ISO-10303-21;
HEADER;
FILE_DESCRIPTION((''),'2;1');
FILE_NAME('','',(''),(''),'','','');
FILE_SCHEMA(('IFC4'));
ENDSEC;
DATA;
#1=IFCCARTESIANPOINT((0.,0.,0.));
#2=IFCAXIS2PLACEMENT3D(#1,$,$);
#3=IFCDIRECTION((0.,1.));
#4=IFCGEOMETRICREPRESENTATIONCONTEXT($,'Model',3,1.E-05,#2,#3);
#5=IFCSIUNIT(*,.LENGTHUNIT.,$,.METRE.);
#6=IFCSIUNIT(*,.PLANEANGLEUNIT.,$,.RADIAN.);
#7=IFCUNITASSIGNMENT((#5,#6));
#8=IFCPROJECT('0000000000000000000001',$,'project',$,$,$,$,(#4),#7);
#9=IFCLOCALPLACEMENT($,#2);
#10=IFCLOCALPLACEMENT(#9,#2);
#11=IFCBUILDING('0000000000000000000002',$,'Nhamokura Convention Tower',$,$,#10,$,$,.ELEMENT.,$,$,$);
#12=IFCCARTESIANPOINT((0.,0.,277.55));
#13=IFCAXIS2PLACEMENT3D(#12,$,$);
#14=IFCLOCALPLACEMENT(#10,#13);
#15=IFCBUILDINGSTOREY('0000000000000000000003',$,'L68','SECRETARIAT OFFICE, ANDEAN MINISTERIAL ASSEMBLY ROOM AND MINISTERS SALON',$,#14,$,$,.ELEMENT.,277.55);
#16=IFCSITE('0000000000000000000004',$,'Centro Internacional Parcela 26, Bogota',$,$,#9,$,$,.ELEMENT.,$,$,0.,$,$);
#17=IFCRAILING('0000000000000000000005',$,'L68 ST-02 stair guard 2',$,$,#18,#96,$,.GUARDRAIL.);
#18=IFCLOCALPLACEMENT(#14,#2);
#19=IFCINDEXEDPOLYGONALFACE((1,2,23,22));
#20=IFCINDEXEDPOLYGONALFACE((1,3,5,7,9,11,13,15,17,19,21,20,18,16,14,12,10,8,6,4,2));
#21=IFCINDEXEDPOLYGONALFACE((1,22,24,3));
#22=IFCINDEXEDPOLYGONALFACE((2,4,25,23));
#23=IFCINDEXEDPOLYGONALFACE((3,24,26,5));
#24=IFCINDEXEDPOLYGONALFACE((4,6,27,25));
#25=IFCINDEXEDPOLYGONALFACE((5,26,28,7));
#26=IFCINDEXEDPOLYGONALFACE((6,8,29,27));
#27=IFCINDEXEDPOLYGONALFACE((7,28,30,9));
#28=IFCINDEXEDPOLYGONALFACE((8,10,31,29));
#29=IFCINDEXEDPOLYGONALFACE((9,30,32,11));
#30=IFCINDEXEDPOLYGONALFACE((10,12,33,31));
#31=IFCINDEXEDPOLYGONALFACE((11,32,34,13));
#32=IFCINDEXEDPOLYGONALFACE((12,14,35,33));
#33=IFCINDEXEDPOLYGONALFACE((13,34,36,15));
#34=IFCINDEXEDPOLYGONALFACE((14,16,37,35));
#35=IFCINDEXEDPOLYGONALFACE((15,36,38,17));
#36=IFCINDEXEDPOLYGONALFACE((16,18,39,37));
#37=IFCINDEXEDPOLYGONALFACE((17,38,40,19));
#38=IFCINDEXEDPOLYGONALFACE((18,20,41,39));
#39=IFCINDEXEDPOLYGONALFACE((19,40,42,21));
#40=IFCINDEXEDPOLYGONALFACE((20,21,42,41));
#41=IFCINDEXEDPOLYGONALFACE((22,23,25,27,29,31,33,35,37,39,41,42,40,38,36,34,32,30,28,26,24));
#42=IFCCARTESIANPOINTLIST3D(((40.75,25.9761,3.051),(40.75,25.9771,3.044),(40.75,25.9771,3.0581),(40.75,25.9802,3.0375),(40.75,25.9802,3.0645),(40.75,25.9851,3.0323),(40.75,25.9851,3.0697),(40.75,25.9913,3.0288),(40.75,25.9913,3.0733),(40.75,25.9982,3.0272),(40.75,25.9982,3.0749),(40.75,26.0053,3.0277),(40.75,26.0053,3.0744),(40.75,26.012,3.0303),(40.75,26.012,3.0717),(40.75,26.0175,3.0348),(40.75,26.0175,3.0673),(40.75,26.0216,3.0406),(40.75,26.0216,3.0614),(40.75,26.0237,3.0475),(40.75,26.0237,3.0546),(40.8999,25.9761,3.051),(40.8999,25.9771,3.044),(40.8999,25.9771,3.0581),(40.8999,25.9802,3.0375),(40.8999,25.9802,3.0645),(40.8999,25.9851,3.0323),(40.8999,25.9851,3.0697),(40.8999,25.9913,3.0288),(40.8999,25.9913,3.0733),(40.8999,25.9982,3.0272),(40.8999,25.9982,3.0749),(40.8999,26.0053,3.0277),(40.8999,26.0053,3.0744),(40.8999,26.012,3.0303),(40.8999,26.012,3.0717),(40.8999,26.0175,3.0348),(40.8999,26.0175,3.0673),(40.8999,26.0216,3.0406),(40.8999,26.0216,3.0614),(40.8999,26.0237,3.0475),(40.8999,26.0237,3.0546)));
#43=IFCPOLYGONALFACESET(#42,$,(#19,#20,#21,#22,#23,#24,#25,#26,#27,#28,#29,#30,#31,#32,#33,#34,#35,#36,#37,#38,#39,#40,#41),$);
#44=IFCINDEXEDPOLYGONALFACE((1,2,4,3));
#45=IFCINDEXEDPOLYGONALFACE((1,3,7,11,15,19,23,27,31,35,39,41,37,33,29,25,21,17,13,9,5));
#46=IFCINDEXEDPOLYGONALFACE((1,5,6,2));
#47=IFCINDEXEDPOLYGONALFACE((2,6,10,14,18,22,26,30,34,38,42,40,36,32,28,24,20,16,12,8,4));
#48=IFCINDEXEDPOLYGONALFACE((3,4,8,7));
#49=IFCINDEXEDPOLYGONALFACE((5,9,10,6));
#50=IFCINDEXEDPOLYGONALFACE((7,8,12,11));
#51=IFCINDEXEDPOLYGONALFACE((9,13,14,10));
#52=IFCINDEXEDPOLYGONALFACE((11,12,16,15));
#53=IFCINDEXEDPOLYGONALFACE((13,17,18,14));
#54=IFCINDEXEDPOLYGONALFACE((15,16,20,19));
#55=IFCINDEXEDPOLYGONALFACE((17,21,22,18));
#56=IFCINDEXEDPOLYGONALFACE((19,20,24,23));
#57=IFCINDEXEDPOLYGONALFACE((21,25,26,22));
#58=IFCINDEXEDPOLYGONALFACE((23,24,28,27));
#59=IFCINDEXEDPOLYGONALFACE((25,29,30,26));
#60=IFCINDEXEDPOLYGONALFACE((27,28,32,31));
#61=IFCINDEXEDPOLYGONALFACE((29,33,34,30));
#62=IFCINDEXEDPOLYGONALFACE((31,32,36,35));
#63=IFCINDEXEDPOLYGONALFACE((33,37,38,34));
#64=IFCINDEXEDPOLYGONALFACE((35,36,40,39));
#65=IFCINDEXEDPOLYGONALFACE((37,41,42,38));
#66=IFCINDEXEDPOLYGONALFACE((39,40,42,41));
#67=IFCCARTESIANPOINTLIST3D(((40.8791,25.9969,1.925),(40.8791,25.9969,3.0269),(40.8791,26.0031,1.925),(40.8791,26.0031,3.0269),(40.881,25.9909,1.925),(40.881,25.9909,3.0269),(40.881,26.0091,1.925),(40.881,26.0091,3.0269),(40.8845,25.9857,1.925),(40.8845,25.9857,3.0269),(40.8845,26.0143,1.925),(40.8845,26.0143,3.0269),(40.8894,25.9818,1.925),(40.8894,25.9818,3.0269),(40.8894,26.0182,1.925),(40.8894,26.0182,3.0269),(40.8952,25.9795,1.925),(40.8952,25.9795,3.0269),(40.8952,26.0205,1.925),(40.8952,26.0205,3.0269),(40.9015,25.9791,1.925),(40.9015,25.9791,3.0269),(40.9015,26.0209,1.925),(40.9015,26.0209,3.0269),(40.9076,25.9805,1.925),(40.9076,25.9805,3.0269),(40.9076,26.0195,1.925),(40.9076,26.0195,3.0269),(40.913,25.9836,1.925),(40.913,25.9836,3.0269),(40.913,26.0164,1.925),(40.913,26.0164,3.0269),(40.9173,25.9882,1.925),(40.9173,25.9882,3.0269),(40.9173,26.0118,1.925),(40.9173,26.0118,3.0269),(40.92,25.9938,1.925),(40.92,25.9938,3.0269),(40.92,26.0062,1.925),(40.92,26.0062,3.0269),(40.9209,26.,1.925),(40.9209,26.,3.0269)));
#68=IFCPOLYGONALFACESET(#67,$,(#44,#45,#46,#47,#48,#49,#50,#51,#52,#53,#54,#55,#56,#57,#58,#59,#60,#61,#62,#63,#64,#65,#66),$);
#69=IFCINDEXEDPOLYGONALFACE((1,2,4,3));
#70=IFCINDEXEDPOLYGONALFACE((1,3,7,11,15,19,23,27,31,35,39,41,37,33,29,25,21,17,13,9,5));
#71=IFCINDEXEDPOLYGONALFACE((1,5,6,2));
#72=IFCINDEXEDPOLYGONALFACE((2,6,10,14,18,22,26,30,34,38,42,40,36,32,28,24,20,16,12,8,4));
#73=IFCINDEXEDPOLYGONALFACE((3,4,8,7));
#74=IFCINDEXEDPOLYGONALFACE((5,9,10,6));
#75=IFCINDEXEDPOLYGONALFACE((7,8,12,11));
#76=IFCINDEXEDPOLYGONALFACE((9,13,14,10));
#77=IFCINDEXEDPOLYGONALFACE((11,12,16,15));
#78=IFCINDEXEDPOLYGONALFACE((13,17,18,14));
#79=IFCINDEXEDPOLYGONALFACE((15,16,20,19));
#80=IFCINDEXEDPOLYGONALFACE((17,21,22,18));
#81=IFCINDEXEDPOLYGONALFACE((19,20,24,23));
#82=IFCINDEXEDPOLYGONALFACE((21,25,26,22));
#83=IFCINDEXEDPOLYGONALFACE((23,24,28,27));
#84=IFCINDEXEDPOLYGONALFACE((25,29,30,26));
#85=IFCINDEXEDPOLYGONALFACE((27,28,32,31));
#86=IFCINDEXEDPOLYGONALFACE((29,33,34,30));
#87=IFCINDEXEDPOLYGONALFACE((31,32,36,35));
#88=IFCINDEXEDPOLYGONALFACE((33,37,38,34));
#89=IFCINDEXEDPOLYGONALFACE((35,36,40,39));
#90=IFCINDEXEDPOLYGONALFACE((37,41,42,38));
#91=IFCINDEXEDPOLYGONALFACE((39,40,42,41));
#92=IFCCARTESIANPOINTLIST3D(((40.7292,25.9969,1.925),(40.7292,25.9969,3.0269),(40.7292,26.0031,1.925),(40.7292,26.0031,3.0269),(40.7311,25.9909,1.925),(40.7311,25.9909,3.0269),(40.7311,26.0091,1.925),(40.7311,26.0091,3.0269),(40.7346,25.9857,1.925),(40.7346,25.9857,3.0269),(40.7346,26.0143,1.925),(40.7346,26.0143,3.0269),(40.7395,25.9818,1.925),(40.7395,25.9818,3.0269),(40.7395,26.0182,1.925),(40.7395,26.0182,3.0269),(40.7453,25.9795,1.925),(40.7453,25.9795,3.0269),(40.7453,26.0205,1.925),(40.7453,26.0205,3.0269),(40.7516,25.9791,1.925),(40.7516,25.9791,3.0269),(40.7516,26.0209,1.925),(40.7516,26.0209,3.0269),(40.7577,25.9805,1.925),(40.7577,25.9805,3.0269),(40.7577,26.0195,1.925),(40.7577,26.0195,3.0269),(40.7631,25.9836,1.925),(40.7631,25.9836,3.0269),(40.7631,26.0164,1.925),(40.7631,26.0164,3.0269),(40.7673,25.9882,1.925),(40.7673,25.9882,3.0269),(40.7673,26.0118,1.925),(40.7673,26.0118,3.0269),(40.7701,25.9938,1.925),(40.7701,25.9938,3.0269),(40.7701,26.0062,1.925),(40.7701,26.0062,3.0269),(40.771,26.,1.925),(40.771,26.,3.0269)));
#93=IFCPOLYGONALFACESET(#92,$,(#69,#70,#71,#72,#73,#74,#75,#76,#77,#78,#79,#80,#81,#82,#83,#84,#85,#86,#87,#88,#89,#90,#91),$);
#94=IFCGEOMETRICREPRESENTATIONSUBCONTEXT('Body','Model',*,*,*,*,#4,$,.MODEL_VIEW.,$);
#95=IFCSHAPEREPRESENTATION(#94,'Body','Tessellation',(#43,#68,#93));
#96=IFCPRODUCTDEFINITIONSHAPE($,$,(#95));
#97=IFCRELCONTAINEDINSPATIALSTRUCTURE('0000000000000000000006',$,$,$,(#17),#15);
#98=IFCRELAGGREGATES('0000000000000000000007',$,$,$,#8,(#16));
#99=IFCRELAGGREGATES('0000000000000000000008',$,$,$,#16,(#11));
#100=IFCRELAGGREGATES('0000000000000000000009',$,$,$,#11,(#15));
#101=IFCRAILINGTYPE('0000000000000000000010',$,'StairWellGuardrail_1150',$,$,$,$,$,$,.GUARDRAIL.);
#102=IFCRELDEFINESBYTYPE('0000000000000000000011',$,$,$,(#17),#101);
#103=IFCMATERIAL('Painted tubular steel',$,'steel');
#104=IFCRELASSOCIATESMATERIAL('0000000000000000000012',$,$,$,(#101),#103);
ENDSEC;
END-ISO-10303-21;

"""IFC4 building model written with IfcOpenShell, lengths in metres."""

from ifc_helpers import new_model, si_unit, direction, frame, origin, origin_2d, place, context, subcontext, project, spatial, circle, extrude, material, type_object, element, save


model = new_model("IFC4")

# Units and contexts
model_context = context("Model", 3, precision=1e-05, world=origin(), true_north=direction((0.0, 1.0)))
body_context = subcontext(model_context, "Body", "Model", "MODEL_VIEW")
ifc_project = project(units=[si_unit("LENGTHUNIT", "METRE"), si_unit("PLANEANGLEUNIT", "RADIAN")], contexts=[model_context])

# Site, building, storey
site_placement = place(None, origin())
site = spatial("IfcSite", under=ifc_project, at=site_placement, Name="Centro Internacional Parcela 26, Bogota", CompositionType="ELEMENT", RefElevation=0.0)
building_placement = place(site_placement, origin())
building = spatial("IfcBuilding", under=site, at=building_placement, Name="Nhamokura Convention Tower", CompositionType="ELEMENT")
storey_placement = place(building_placement, frame((0.0, 0.0, 277.55)))
storey = spatial("IfcBuildingStorey", under=building, at=storey_placement, Name="L68", Description="SECRETARIAT OFFICE, ANDEAN MINISTERIAL ASSEMBLY ROOM AND MINISTERS SALON", CompositionType="ELEMENT", Elevation=277.55)

# Railing
ifc_material_1 = material(Name="Painted tubular steel", Category="steel")
railing_type_1 = type_object("IfcRailingType", Name="StairWellGuardrail_1150", PredefinedType="GUARDRAIL", material=ifc_material_1)
railing_1_placement = place(storey_placement, frame((40.8999, 26.0, 1.925)))
element("IfcRailing", 1, at=railing_1_placement, inside=storey, type_object=railing_type_1, Name="L68 ST-02 stair guard 2", PredefinedType="GUARDRAIL", context=body_context, shape_type="SweptSolid", body=[
    extrude(circle(Radius=0.0239, at=origin_2d()), frame((0.0, 0.0, 1.126), z_axis=(-1.0, 0.0, 0.0), x_axis=(0.0, -1.0, 0.0)), (0.0, 0.0, 1.0), 0.1499),
    extrude(circle(Radius=0.021, at=origin_2d()), origin(), (0.0, 0.0, 1.0), 1.1018),
    extrude(circle(Radius=0.021, at=origin_2d()), frame((-0.1499, 0.0, 0.0)), (0.0, 0.0, 1.0), 1.1018),
])

save(model, "model.ifc")
